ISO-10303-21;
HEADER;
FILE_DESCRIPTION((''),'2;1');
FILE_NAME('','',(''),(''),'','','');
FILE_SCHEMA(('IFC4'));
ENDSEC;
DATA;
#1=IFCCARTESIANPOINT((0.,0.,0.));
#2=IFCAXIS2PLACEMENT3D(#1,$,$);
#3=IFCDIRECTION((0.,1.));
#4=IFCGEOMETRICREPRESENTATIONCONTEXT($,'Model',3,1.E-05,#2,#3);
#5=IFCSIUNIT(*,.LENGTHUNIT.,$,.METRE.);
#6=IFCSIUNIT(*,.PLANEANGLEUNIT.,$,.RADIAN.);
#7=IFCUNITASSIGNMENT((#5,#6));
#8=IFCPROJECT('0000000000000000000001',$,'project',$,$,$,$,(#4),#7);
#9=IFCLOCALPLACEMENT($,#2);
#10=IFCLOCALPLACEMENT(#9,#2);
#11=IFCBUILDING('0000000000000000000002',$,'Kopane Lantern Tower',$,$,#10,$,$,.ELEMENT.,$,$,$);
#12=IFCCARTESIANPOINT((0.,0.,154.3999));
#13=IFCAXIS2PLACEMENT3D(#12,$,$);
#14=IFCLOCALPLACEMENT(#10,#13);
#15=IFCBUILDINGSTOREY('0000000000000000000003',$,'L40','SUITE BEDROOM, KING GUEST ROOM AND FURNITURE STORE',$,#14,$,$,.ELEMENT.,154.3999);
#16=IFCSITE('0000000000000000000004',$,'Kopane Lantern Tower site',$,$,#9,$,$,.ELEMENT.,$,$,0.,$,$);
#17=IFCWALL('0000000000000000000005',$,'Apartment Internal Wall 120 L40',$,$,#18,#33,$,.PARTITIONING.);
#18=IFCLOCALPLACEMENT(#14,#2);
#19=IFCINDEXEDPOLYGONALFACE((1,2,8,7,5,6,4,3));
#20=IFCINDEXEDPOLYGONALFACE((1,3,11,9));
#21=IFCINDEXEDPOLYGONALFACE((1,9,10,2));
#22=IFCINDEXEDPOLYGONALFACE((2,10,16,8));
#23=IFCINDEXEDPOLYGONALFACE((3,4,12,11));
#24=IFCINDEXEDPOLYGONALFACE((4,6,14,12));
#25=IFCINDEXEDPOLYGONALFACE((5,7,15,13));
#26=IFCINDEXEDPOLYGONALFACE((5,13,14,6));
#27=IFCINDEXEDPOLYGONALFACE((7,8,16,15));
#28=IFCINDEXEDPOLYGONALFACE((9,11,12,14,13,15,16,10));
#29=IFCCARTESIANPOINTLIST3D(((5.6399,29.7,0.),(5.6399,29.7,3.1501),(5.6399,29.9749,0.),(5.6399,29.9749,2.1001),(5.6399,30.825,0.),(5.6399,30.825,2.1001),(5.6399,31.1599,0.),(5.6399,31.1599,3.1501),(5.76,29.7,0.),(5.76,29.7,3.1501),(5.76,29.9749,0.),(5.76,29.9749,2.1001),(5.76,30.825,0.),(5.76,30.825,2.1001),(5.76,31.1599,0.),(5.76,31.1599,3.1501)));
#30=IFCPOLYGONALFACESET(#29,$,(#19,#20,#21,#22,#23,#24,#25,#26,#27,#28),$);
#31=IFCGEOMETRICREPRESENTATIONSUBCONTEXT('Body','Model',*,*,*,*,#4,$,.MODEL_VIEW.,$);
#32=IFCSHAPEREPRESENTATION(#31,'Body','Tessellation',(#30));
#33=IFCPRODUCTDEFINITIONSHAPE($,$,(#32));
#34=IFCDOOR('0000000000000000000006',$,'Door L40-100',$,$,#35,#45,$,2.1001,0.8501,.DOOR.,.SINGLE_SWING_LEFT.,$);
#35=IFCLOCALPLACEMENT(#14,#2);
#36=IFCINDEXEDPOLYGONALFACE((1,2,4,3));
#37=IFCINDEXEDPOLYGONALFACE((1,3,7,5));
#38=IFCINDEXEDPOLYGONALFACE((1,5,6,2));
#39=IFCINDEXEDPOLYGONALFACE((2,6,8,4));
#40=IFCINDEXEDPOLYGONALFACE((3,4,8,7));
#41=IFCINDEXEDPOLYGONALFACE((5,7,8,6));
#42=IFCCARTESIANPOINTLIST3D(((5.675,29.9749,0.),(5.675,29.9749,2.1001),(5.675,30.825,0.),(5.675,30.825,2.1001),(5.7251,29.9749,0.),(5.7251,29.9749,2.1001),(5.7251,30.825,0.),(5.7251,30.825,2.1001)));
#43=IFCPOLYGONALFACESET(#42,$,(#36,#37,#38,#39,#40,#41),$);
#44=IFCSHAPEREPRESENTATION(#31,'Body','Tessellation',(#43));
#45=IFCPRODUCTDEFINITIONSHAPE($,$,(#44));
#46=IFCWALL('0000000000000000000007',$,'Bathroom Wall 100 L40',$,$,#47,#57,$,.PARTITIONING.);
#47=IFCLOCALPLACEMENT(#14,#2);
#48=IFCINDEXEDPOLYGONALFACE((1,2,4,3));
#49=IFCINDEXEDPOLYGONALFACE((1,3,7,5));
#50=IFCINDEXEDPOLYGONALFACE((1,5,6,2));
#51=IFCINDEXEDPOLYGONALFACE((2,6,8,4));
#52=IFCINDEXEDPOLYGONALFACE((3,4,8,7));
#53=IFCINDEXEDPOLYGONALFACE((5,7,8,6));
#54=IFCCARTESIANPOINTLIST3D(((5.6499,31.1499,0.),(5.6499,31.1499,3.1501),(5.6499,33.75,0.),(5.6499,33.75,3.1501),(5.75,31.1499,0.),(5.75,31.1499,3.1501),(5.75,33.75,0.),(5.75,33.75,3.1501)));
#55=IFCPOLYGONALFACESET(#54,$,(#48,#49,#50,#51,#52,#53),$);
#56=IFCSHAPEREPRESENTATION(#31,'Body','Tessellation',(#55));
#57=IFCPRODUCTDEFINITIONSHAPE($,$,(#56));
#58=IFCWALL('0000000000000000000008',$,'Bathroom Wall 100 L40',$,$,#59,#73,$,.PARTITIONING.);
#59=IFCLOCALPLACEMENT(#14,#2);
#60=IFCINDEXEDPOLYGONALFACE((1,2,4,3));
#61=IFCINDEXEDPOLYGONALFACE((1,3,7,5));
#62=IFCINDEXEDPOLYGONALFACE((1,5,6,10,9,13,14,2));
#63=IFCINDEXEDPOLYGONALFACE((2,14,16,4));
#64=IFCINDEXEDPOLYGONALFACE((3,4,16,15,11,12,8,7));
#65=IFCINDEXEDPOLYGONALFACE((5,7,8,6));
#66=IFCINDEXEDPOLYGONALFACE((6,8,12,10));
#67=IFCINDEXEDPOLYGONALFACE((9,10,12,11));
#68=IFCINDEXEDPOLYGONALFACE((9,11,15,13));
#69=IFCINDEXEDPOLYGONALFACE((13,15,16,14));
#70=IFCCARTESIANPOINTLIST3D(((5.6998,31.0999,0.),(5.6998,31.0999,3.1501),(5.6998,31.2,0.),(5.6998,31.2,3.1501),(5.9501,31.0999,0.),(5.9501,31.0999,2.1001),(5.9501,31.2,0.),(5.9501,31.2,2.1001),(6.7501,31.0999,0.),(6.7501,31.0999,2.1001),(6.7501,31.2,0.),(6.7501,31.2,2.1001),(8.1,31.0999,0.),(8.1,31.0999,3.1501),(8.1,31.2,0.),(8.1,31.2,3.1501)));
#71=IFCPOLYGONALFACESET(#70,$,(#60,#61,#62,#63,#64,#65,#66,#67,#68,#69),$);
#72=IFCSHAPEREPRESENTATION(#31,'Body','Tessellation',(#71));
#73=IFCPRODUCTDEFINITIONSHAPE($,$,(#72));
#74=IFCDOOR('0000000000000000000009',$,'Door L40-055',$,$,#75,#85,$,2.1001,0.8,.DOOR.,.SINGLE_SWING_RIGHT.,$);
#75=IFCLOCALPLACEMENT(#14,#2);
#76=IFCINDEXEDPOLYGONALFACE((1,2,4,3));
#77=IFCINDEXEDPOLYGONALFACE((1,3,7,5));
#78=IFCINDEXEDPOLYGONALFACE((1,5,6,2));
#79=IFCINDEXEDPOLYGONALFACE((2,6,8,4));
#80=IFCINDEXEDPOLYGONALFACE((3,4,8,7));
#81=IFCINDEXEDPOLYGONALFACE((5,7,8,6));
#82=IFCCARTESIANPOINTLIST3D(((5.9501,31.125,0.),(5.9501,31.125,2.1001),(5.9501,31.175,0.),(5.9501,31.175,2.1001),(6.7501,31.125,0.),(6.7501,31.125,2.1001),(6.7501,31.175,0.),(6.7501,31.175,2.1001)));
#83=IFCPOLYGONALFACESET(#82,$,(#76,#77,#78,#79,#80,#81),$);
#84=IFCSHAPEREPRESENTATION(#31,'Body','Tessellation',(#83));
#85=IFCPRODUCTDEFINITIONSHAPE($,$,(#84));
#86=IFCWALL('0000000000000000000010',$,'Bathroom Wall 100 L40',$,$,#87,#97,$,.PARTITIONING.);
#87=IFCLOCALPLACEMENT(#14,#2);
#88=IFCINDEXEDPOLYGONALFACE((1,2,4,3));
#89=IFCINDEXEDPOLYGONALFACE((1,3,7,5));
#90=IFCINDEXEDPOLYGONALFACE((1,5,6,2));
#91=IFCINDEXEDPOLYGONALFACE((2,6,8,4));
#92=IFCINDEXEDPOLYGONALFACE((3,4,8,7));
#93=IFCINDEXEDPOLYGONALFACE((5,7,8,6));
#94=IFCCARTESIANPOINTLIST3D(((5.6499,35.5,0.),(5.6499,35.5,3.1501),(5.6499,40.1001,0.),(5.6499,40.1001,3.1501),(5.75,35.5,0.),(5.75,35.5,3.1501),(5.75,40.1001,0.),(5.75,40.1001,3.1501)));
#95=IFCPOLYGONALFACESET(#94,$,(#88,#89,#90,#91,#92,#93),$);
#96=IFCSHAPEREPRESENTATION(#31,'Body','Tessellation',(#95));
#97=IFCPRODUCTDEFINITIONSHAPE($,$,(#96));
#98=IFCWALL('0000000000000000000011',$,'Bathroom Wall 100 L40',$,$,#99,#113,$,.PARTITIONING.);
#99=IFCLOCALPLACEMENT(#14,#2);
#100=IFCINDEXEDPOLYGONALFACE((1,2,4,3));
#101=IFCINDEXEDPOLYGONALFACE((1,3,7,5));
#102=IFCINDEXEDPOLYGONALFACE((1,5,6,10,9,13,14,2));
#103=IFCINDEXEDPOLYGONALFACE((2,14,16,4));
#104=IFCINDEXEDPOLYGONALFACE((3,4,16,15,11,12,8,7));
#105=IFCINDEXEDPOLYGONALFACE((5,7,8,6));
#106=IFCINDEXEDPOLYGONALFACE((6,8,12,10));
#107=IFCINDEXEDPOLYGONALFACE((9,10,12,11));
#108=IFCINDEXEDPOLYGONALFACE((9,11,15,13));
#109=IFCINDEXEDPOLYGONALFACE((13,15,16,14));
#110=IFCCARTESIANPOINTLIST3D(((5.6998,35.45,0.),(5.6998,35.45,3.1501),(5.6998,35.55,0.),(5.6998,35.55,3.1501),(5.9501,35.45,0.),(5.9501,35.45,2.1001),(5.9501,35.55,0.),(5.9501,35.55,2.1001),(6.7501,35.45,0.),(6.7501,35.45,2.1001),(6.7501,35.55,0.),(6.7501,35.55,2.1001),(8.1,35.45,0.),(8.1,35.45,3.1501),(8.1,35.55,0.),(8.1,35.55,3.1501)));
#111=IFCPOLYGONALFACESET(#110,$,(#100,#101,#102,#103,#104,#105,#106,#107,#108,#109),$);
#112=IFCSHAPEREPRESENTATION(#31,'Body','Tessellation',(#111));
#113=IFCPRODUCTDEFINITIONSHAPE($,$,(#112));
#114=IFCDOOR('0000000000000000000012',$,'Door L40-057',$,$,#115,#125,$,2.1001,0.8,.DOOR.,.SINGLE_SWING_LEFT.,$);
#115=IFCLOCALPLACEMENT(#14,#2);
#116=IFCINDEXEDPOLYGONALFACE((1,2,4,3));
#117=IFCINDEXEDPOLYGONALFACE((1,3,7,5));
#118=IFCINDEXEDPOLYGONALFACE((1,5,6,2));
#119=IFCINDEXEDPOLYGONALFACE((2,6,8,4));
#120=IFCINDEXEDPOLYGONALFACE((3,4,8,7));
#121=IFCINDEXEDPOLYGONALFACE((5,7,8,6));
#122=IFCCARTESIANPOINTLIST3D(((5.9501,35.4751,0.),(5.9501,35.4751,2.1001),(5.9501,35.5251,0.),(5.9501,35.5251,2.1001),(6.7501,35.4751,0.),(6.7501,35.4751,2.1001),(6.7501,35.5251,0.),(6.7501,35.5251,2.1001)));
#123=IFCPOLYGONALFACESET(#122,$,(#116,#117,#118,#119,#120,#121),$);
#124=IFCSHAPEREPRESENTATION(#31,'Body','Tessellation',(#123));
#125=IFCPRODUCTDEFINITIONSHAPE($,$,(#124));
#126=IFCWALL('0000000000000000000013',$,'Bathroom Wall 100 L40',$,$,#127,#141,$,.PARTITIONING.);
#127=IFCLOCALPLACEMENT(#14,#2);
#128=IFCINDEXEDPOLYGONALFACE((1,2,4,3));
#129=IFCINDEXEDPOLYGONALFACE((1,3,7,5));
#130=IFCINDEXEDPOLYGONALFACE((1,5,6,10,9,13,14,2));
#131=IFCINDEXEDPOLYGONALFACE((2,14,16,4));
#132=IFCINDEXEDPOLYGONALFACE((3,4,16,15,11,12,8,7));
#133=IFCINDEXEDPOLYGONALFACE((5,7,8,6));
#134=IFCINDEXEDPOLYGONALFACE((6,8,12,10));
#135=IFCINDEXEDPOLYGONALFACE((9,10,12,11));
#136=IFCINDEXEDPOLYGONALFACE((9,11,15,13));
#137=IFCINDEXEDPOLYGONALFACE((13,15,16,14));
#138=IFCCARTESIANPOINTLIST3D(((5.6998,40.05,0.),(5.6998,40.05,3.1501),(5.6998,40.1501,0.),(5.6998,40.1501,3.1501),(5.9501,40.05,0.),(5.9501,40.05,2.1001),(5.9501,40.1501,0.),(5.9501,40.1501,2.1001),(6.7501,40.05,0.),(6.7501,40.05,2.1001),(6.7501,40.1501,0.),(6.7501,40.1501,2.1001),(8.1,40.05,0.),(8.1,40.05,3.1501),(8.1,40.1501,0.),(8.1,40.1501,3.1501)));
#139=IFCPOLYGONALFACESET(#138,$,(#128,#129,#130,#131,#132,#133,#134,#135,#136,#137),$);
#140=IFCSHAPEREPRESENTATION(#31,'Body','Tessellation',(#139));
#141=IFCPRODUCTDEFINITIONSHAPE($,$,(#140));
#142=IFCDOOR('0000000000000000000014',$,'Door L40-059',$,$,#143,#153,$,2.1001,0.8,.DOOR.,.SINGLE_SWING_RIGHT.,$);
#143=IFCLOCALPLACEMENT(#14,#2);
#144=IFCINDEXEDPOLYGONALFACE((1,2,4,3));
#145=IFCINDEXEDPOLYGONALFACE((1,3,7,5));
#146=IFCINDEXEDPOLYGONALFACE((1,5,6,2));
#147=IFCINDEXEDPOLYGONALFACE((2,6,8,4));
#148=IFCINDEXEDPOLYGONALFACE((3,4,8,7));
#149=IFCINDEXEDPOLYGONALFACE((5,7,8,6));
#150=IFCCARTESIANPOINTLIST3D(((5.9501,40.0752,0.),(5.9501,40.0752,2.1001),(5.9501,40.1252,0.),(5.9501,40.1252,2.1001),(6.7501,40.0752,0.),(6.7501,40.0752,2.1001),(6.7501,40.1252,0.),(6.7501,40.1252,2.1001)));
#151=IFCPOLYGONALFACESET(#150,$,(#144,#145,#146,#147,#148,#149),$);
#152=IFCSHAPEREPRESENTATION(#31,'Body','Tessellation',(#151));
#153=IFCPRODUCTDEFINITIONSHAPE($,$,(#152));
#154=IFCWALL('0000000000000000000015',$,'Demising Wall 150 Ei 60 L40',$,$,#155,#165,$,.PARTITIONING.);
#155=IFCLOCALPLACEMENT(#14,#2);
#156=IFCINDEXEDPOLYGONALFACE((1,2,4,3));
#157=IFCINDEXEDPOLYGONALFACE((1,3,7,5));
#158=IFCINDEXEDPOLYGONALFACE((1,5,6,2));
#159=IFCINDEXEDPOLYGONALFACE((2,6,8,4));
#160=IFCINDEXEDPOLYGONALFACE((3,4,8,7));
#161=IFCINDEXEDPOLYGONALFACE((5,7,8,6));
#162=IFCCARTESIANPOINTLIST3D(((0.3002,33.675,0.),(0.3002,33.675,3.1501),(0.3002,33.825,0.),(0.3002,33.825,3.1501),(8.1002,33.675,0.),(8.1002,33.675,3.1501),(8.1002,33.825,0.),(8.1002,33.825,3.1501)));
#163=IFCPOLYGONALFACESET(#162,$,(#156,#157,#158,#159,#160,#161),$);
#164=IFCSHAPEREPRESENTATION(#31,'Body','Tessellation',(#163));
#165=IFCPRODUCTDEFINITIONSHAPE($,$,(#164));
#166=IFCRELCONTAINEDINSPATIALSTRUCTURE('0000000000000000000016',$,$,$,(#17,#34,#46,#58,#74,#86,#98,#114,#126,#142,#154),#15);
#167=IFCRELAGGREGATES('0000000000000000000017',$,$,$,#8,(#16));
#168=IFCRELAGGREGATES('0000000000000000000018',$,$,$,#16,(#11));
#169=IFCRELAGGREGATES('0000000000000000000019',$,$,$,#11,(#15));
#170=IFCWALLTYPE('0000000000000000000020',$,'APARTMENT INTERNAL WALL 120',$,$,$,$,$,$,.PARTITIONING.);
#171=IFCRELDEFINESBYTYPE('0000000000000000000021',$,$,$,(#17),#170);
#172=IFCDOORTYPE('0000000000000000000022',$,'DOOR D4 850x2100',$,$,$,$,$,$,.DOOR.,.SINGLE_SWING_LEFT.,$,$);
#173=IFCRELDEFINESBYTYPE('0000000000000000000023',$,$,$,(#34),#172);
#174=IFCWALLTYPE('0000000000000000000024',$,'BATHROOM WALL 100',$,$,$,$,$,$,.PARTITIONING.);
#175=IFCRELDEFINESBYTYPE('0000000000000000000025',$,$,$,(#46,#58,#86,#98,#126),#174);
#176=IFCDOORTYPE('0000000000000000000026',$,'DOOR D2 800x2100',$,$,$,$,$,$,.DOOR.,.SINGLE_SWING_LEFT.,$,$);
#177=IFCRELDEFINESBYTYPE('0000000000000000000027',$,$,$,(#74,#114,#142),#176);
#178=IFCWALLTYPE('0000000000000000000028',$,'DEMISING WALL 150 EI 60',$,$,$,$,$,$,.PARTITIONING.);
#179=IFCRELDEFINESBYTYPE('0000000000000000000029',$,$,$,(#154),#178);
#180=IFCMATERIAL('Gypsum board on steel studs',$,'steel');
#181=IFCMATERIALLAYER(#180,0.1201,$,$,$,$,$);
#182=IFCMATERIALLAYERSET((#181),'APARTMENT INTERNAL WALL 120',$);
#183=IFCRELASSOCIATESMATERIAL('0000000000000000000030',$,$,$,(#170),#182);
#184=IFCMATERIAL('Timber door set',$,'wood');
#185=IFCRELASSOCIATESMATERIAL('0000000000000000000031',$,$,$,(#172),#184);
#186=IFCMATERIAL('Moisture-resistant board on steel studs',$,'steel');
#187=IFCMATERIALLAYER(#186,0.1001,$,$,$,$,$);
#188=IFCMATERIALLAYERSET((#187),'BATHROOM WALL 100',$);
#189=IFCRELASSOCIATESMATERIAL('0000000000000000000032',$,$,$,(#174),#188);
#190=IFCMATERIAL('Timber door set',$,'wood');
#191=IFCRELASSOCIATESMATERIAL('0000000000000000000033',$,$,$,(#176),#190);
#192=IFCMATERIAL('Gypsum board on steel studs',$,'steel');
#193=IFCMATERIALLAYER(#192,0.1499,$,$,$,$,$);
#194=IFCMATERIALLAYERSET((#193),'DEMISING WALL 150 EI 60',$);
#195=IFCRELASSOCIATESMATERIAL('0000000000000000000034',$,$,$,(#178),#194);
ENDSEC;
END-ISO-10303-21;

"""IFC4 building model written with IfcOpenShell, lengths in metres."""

from ifc_helpers import new_model, si_unit, direction, frame, frame_2d, origin, place, context, subcontext, project, spatial, rectangle, extrude, material, layer, layer_set, type_object, element, fill, save


model = new_model("IFC4")

# Units and contexts
model_context = context("Model", 3, precision=1e-05, world=origin(), true_north=direction((0.0, 1.0)))
body_context = subcontext(model_context, "Body", "Model", "MODEL_VIEW")
ifc_project = project(units=[si_unit("LENGTHUNIT", "METRE"), si_unit("PLANEANGLEUNIT", "RADIAN")], contexts=[model_context])

# Site, building, storey
site_placement = place(None, origin())
site = spatial("IfcSite", under=ifc_project, at=site_placement, Name="Kopane Lantern Tower site", CompositionType="ELEMENT", RefElevation=0.0)
building_placement = place(site_placement, origin())
building = spatial("IfcBuilding", under=site, at=building_placement, Name="Kopane Lantern Tower", CompositionType="ELEMENT")
storey_placement = place(building_placement, frame((0.0, 0.0, 154.3999)))
storey = spatial("IfcBuildingStorey", under=building, at=storey_placement, Name="L40", Description="SUITE BEDROOM, KING GUEST ROOM AND FURNITURE STORE", CompositionType="ELEMENT", Elevation=154.3999)

# Wall, opening, door
ifc_material_1 = material(Name="Gypsum board on steel studs", Category="steel")
ifc_layer_1 = layer(ifc_material_1, 0.1201)
ifc_layer_set_1 = layer_set([ifc_layer_1], Name="APARTMENT INTERNAL WALL 120")
wall_type_1 = type_object("IfcWallType", Name="APARTMENT INTERNAL WALL 120", PredefinedType="PARTITIONING", material=ifc_layer_set_1)
ifc_material_2 = material(Name="Timber door set", Category="wood")
door_type_1 = type_object("IfcDoorType", Name="DOOR D4 850x2100", OperationType="SINGLE_SWING_LEFT", PredefinedType="DOOR", material=ifc_material_2)
wall_1_placement = place(storey_placement, frame((5.7, 29.7, 0.0), z_axis=(0.0, 0.0, 1.0), x_axis=(0.0, 1.0, 0.0)))
wall_1 = element("IfcWall", 1, at=wall_1_placement, inside=storey, type_object=wall_type_1, Name="Apartment Internal Wall 120 L40", PredefinedType="PARTITIONING", context=body_context, shape_type="SweptSolid", body=[
    extrude(rectangle(XDim=1.46, YDim=0.1201, at=frame_2d((0.73, 0.0))), origin(), (0.0, 0.0, 1.0), 3.1501),
])
opening_1_placement = place(wall_1_placement, frame((0.2749, 0.0, 0.0)))
opening_1 = element("IfcOpeningElement", 2, at=opening_1_placement, cuts=wall_1, PredefinedType="OPENING", context=body_context, shape_type="SweptSolid", body=[
    extrude(rectangle(XDim=0.8501, YDim=2.1001, at=frame_2d((0.425, 1.05))), frame((0.0, 0.0701, 0.0), z_axis=(0.0, -1.0, 0.0), x_axis=(1.0, 0.0, 0.0)), (0.0, 0.0, 1.0), 0.1401),
])
door_1_placement = place(opening_1_placement, origin())
door_1 = element("IfcDoor", 3, at=door_1_placement, inside=storey, type_object=door_type_1, Name="Door L40-100", OperationType="SINGLE_SWING_LEFT", OverallHeight=2.1001, OverallWidth=0.8501, PredefinedType="DOOR", context=body_context, shape_type="SweptSolid", body=[
    extrude(rectangle(XDim=0.8501, YDim=2.1001, at=frame_2d((0.425, 1.05))), frame((0.0, 0.0249, 0.0), z_axis=(0.0, -1.0, 0.0), x_axis=(1.0, 0.0, 0.0)), (0.0, 0.0, 1.0), 0.05),
])
fill(opening_1, door_1)

# Wall
ifc_material_3 = material(Name="Moisture-resistant board on steel studs", Category="steel")
ifc_layer_2 = layer(ifc_material_3, 0.1001)
ifc_layer_set_2 = layer_set([ifc_layer_2], Name="BATHROOM WALL 100")
wall_type_2 = type_object("IfcWallType", Name="BATHROOM WALL 100", PredefinedType="PARTITIONING", material=ifc_layer_set_2)
wall_2_placement = place(storey_placement, frame((5.7, 31.1499, 0.0), z_axis=(0.0, 0.0, 1.0), x_axis=(0.0, 1.0, 0.0)))
element("IfcWall", 4, at=wall_2_placement, inside=storey, type_object=wall_type_2, Name="Bathroom Wall 100 L40", PredefinedType="PARTITIONING", context=body_context, shape_type="SweptSolid", body=[
    extrude(rectangle(XDim=2.6001, YDim=0.1001, at=frame_2d((1.3, 0.0))), origin(), (0.0, 0.0, 1.0), 3.1501),
])

# Wall, opening, door
wall_3_placement = place(storey_placement, frame((8.1001, 31.1499, 0.0), z_axis=(0.0, 0.0, 1.0), x_axis=(-1.0, 0.0, 0.0)))
wall_3 = element("IfcWall", 5, at=wall_3_placement, inside=storey, type_object=wall_type_2, Name="Bathroom Wall 100 L40", PredefinedType="PARTITIONING", context=body_context, shape_type="SweptSolid", body=[
    extrude(rectangle(XDim=2.4001, YDim=0.1001, at=frame_2d((1.2002, 0.0))), origin(), (0.0, 0.0, 1.0), 3.1501),
])
opening_2_placement = place(wall_3_placement, frame((1.3501, 0.0, 0.0)))
opening_2 = element("IfcOpeningElement", 6, at=opening_2_placement, cuts=wall_3, PredefinedType="OPENING", context=body_context, shape_type="SweptSolid", body=[
    extrude(rectangle(XDim=0.8, YDim=2.1001, at=frame_2d((0.3999, 1.05))), frame((0.0, 0.0601, 0.0), z_axis=(0.0, -1.0, 0.0), x_axis=(1.0, 0.0, 0.0)), (0.0, 0.0, 1.0), 0.1201),
])
ifc_material_4 = material(Name="Timber door set", Category="wood")
door_type_2 = type_object("IfcDoorType", Name="DOOR D2 800x2100", OperationType="SINGLE_SWING_LEFT", PredefinedType="DOOR", material=ifc_material_4)
door_2_placement = place(opening_2_placement, origin())
door_2 = element("IfcDoor", 7, at=door_2_placement, inside=storey, type_object=door_type_2, Name="Door L40-055", OperationType="SINGLE_SWING_RIGHT", OverallHeight=2.1001, OverallWidth=0.8, PredefinedType="DOOR", context=body_context, shape_type="SweptSolid", body=[
    extrude(rectangle(XDim=0.8, YDim=2.1001, at=frame_2d((0.3999, 1.05))), frame((0.0, 0.0249, 0.0), z_axis=(0.0, -1.0, 0.0), x_axis=(1.0, 0.0, 0.0)), (0.0, 0.0, 1.0), 0.05),
])
fill(opening_2, door_2)

# Wall
wall_4_placement = place(storey_placement, frame((5.7, 35.5, 0.0), z_axis=(0.0, 0.0, 1.0), x_axis=(0.0, 1.0, 0.0)))
element("IfcWall", 8, at=wall_4_placement, inside=storey, type_object=wall_type_2, Name="Bathroom Wall 100 L40", PredefinedType="PARTITIONING", context=body_context, shape_type="SweptSolid", body=[
    extrude(rectangle(XDim=4.6001, YDim=0.1001, at=frame_2d((2.3, 0.0))), origin(), (0.0, 0.0, 1.0), 3.1501),
])

# Walls, openings, doors
wall_5_placement = place(storey_placement, frame((8.1001, 35.5, 0.0), z_axis=(0.0, 0.0, 1.0), x_axis=(-1.0, 0.0, 0.0)))
wall_5 = element("IfcWall", 9, at=wall_5_placement, inside=storey, type_object=wall_type_2, Name="Bathroom Wall 100 L40", PredefinedType="PARTITIONING", context=body_context, shape_type="SweptSolid", body=[
    extrude(rectangle(XDim=2.4001, YDim=0.1001, at=frame_2d((1.2002, 0.0))), origin(), (0.0, 0.0, 1.0), 3.1501),
])
opening_3_placement = place(wall_5_placement, frame((1.3501, 0.0, 0.0)))
opening_3 = element("IfcOpeningElement", 10, at=opening_3_placement, cuts=wall_5, PredefinedType="OPENING", context=body_context, shape_type="SweptSolid", body=[
    extrude(rectangle(XDim=0.8, YDim=2.1001, at=frame_2d((0.3999, 1.05))), frame((0.0, 0.0601, 0.0), z_axis=(0.0, -1.0, 0.0), x_axis=(1.0, 0.0, 0.0)), (0.0, 0.0, 1.0), 0.1201),
])
door_3_placement = place(opening_3_placement, origin())
door_3 = element("IfcDoor", 11, at=door_3_placement, inside=storey, type_object=door_type_2, Name="Door L40-057", OperationType="SINGLE_SWING_LEFT", OverallHeight=2.1001, OverallWidth=0.8, PredefinedType="DOOR", context=body_context, shape_type="SweptSolid", body=[
    extrude(rectangle(XDim=0.8, YDim=2.1001, at=frame_2d((0.3999, 1.05))), frame((0.0, 0.0249, 0.0), z_axis=(0.0, -1.0, 0.0), x_axis=(1.0, 0.0, 0.0)), (0.0, 0.0, 1.0), 0.05),
])
fill(opening_3, door_3)
wall_6_placement = place(storey_placement, frame((8.1001, 40.1001, 0.0), z_axis=(0.0, 0.0, 1.0), x_axis=(-1.0, 0.0, 0.0)))
wall_6 = element("IfcWall", 12, at=wall_6_placement, inside=storey, type_object=wall_type_2, Name="Bathroom Wall 100 L40", PredefinedType="PARTITIONING", context=body_context, shape_type="SweptSolid", body=[
    extrude(rectangle(XDim=2.4001, YDim=0.1001, at=frame_2d((1.2002, 0.0))), origin(), (0.0, 0.0, 1.0), 3.1501),
])
opening_4_placement = place(wall_6_placement, frame((1.3501, 0.0, 0.0)))
opening_4 = element("IfcOpeningElement", 13, at=opening_4_placement, cuts=wall_6, PredefinedType="OPENING", context=body_context, shape_type="SweptSolid", body=[
    extrude(rectangle(XDim=0.8, YDim=2.1001, at=frame_2d((0.3999, 1.05))), frame((0.0, 0.0601, 0.0), z_axis=(0.0, -1.0, 0.0), x_axis=(1.0, 0.0, 0.0)), (0.0, 0.0, 1.0), 0.1201),
])
door_4_placement = place(opening_4_placement, origin())
door_4 = element("IfcDoor", 14, at=door_4_placement, inside=storey, type_object=door_type_2, Name="Door L40-059", OperationType="SINGLE_SWING_RIGHT", OverallHeight=2.1001, OverallWidth=0.8, PredefinedType="DOOR", context=body_context, shape_type="SweptSolid", body=[
    extrude(rectangle(XDim=0.8, YDim=2.1001, at=frame_2d((0.3999, 1.05))), frame((0.0, 0.0249, 0.0), z_axis=(0.0, -1.0, 0.0), x_axis=(1.0, 0.0, 0.0)), (0.0, 0.0, 1.0), 0.05),
])
fill(opening_4, door_4)

# Wall
ifc_material_5 = material(Name="Gypsum board on steel studs", Category="steel")
ifc_layer_3 = layer(ifc_material_5, 0.1499)
ifc_layer_set_3 = layer_set([ifc_layer_3], Name="DEMISING WALL 150 EI 60")
wall_type_3 = type_object("IfcWallType", Name="DEMISING WALL 150 EI 60", PredefinedType="PARTITIONING", material=ifc_layer_set_3)
wall_7_placement = place(storey_placement, frame((8.1001, 33.75, 0.0), z_axis=(0.0, 0.0, 1.0), x_axis=(-1.0, 0.0, 0.0)))
element("IfcWall", 15, at=wall_7_placement, inside=storey, type_object=wall_type_3, Name="Demising Wall 150 Ei 60 L40", PredefinedType="PARTITIONING", context=body_context, shape_type="SweptSolid", body=[
    extrude(rectangle(XDim=7.8, YDim=0.1499, at=frame_2d((3.8999, 0.0))), origin(), (0.0, 0.0, 1.0), 3.1501),
])

save(model, "model.ifc")
